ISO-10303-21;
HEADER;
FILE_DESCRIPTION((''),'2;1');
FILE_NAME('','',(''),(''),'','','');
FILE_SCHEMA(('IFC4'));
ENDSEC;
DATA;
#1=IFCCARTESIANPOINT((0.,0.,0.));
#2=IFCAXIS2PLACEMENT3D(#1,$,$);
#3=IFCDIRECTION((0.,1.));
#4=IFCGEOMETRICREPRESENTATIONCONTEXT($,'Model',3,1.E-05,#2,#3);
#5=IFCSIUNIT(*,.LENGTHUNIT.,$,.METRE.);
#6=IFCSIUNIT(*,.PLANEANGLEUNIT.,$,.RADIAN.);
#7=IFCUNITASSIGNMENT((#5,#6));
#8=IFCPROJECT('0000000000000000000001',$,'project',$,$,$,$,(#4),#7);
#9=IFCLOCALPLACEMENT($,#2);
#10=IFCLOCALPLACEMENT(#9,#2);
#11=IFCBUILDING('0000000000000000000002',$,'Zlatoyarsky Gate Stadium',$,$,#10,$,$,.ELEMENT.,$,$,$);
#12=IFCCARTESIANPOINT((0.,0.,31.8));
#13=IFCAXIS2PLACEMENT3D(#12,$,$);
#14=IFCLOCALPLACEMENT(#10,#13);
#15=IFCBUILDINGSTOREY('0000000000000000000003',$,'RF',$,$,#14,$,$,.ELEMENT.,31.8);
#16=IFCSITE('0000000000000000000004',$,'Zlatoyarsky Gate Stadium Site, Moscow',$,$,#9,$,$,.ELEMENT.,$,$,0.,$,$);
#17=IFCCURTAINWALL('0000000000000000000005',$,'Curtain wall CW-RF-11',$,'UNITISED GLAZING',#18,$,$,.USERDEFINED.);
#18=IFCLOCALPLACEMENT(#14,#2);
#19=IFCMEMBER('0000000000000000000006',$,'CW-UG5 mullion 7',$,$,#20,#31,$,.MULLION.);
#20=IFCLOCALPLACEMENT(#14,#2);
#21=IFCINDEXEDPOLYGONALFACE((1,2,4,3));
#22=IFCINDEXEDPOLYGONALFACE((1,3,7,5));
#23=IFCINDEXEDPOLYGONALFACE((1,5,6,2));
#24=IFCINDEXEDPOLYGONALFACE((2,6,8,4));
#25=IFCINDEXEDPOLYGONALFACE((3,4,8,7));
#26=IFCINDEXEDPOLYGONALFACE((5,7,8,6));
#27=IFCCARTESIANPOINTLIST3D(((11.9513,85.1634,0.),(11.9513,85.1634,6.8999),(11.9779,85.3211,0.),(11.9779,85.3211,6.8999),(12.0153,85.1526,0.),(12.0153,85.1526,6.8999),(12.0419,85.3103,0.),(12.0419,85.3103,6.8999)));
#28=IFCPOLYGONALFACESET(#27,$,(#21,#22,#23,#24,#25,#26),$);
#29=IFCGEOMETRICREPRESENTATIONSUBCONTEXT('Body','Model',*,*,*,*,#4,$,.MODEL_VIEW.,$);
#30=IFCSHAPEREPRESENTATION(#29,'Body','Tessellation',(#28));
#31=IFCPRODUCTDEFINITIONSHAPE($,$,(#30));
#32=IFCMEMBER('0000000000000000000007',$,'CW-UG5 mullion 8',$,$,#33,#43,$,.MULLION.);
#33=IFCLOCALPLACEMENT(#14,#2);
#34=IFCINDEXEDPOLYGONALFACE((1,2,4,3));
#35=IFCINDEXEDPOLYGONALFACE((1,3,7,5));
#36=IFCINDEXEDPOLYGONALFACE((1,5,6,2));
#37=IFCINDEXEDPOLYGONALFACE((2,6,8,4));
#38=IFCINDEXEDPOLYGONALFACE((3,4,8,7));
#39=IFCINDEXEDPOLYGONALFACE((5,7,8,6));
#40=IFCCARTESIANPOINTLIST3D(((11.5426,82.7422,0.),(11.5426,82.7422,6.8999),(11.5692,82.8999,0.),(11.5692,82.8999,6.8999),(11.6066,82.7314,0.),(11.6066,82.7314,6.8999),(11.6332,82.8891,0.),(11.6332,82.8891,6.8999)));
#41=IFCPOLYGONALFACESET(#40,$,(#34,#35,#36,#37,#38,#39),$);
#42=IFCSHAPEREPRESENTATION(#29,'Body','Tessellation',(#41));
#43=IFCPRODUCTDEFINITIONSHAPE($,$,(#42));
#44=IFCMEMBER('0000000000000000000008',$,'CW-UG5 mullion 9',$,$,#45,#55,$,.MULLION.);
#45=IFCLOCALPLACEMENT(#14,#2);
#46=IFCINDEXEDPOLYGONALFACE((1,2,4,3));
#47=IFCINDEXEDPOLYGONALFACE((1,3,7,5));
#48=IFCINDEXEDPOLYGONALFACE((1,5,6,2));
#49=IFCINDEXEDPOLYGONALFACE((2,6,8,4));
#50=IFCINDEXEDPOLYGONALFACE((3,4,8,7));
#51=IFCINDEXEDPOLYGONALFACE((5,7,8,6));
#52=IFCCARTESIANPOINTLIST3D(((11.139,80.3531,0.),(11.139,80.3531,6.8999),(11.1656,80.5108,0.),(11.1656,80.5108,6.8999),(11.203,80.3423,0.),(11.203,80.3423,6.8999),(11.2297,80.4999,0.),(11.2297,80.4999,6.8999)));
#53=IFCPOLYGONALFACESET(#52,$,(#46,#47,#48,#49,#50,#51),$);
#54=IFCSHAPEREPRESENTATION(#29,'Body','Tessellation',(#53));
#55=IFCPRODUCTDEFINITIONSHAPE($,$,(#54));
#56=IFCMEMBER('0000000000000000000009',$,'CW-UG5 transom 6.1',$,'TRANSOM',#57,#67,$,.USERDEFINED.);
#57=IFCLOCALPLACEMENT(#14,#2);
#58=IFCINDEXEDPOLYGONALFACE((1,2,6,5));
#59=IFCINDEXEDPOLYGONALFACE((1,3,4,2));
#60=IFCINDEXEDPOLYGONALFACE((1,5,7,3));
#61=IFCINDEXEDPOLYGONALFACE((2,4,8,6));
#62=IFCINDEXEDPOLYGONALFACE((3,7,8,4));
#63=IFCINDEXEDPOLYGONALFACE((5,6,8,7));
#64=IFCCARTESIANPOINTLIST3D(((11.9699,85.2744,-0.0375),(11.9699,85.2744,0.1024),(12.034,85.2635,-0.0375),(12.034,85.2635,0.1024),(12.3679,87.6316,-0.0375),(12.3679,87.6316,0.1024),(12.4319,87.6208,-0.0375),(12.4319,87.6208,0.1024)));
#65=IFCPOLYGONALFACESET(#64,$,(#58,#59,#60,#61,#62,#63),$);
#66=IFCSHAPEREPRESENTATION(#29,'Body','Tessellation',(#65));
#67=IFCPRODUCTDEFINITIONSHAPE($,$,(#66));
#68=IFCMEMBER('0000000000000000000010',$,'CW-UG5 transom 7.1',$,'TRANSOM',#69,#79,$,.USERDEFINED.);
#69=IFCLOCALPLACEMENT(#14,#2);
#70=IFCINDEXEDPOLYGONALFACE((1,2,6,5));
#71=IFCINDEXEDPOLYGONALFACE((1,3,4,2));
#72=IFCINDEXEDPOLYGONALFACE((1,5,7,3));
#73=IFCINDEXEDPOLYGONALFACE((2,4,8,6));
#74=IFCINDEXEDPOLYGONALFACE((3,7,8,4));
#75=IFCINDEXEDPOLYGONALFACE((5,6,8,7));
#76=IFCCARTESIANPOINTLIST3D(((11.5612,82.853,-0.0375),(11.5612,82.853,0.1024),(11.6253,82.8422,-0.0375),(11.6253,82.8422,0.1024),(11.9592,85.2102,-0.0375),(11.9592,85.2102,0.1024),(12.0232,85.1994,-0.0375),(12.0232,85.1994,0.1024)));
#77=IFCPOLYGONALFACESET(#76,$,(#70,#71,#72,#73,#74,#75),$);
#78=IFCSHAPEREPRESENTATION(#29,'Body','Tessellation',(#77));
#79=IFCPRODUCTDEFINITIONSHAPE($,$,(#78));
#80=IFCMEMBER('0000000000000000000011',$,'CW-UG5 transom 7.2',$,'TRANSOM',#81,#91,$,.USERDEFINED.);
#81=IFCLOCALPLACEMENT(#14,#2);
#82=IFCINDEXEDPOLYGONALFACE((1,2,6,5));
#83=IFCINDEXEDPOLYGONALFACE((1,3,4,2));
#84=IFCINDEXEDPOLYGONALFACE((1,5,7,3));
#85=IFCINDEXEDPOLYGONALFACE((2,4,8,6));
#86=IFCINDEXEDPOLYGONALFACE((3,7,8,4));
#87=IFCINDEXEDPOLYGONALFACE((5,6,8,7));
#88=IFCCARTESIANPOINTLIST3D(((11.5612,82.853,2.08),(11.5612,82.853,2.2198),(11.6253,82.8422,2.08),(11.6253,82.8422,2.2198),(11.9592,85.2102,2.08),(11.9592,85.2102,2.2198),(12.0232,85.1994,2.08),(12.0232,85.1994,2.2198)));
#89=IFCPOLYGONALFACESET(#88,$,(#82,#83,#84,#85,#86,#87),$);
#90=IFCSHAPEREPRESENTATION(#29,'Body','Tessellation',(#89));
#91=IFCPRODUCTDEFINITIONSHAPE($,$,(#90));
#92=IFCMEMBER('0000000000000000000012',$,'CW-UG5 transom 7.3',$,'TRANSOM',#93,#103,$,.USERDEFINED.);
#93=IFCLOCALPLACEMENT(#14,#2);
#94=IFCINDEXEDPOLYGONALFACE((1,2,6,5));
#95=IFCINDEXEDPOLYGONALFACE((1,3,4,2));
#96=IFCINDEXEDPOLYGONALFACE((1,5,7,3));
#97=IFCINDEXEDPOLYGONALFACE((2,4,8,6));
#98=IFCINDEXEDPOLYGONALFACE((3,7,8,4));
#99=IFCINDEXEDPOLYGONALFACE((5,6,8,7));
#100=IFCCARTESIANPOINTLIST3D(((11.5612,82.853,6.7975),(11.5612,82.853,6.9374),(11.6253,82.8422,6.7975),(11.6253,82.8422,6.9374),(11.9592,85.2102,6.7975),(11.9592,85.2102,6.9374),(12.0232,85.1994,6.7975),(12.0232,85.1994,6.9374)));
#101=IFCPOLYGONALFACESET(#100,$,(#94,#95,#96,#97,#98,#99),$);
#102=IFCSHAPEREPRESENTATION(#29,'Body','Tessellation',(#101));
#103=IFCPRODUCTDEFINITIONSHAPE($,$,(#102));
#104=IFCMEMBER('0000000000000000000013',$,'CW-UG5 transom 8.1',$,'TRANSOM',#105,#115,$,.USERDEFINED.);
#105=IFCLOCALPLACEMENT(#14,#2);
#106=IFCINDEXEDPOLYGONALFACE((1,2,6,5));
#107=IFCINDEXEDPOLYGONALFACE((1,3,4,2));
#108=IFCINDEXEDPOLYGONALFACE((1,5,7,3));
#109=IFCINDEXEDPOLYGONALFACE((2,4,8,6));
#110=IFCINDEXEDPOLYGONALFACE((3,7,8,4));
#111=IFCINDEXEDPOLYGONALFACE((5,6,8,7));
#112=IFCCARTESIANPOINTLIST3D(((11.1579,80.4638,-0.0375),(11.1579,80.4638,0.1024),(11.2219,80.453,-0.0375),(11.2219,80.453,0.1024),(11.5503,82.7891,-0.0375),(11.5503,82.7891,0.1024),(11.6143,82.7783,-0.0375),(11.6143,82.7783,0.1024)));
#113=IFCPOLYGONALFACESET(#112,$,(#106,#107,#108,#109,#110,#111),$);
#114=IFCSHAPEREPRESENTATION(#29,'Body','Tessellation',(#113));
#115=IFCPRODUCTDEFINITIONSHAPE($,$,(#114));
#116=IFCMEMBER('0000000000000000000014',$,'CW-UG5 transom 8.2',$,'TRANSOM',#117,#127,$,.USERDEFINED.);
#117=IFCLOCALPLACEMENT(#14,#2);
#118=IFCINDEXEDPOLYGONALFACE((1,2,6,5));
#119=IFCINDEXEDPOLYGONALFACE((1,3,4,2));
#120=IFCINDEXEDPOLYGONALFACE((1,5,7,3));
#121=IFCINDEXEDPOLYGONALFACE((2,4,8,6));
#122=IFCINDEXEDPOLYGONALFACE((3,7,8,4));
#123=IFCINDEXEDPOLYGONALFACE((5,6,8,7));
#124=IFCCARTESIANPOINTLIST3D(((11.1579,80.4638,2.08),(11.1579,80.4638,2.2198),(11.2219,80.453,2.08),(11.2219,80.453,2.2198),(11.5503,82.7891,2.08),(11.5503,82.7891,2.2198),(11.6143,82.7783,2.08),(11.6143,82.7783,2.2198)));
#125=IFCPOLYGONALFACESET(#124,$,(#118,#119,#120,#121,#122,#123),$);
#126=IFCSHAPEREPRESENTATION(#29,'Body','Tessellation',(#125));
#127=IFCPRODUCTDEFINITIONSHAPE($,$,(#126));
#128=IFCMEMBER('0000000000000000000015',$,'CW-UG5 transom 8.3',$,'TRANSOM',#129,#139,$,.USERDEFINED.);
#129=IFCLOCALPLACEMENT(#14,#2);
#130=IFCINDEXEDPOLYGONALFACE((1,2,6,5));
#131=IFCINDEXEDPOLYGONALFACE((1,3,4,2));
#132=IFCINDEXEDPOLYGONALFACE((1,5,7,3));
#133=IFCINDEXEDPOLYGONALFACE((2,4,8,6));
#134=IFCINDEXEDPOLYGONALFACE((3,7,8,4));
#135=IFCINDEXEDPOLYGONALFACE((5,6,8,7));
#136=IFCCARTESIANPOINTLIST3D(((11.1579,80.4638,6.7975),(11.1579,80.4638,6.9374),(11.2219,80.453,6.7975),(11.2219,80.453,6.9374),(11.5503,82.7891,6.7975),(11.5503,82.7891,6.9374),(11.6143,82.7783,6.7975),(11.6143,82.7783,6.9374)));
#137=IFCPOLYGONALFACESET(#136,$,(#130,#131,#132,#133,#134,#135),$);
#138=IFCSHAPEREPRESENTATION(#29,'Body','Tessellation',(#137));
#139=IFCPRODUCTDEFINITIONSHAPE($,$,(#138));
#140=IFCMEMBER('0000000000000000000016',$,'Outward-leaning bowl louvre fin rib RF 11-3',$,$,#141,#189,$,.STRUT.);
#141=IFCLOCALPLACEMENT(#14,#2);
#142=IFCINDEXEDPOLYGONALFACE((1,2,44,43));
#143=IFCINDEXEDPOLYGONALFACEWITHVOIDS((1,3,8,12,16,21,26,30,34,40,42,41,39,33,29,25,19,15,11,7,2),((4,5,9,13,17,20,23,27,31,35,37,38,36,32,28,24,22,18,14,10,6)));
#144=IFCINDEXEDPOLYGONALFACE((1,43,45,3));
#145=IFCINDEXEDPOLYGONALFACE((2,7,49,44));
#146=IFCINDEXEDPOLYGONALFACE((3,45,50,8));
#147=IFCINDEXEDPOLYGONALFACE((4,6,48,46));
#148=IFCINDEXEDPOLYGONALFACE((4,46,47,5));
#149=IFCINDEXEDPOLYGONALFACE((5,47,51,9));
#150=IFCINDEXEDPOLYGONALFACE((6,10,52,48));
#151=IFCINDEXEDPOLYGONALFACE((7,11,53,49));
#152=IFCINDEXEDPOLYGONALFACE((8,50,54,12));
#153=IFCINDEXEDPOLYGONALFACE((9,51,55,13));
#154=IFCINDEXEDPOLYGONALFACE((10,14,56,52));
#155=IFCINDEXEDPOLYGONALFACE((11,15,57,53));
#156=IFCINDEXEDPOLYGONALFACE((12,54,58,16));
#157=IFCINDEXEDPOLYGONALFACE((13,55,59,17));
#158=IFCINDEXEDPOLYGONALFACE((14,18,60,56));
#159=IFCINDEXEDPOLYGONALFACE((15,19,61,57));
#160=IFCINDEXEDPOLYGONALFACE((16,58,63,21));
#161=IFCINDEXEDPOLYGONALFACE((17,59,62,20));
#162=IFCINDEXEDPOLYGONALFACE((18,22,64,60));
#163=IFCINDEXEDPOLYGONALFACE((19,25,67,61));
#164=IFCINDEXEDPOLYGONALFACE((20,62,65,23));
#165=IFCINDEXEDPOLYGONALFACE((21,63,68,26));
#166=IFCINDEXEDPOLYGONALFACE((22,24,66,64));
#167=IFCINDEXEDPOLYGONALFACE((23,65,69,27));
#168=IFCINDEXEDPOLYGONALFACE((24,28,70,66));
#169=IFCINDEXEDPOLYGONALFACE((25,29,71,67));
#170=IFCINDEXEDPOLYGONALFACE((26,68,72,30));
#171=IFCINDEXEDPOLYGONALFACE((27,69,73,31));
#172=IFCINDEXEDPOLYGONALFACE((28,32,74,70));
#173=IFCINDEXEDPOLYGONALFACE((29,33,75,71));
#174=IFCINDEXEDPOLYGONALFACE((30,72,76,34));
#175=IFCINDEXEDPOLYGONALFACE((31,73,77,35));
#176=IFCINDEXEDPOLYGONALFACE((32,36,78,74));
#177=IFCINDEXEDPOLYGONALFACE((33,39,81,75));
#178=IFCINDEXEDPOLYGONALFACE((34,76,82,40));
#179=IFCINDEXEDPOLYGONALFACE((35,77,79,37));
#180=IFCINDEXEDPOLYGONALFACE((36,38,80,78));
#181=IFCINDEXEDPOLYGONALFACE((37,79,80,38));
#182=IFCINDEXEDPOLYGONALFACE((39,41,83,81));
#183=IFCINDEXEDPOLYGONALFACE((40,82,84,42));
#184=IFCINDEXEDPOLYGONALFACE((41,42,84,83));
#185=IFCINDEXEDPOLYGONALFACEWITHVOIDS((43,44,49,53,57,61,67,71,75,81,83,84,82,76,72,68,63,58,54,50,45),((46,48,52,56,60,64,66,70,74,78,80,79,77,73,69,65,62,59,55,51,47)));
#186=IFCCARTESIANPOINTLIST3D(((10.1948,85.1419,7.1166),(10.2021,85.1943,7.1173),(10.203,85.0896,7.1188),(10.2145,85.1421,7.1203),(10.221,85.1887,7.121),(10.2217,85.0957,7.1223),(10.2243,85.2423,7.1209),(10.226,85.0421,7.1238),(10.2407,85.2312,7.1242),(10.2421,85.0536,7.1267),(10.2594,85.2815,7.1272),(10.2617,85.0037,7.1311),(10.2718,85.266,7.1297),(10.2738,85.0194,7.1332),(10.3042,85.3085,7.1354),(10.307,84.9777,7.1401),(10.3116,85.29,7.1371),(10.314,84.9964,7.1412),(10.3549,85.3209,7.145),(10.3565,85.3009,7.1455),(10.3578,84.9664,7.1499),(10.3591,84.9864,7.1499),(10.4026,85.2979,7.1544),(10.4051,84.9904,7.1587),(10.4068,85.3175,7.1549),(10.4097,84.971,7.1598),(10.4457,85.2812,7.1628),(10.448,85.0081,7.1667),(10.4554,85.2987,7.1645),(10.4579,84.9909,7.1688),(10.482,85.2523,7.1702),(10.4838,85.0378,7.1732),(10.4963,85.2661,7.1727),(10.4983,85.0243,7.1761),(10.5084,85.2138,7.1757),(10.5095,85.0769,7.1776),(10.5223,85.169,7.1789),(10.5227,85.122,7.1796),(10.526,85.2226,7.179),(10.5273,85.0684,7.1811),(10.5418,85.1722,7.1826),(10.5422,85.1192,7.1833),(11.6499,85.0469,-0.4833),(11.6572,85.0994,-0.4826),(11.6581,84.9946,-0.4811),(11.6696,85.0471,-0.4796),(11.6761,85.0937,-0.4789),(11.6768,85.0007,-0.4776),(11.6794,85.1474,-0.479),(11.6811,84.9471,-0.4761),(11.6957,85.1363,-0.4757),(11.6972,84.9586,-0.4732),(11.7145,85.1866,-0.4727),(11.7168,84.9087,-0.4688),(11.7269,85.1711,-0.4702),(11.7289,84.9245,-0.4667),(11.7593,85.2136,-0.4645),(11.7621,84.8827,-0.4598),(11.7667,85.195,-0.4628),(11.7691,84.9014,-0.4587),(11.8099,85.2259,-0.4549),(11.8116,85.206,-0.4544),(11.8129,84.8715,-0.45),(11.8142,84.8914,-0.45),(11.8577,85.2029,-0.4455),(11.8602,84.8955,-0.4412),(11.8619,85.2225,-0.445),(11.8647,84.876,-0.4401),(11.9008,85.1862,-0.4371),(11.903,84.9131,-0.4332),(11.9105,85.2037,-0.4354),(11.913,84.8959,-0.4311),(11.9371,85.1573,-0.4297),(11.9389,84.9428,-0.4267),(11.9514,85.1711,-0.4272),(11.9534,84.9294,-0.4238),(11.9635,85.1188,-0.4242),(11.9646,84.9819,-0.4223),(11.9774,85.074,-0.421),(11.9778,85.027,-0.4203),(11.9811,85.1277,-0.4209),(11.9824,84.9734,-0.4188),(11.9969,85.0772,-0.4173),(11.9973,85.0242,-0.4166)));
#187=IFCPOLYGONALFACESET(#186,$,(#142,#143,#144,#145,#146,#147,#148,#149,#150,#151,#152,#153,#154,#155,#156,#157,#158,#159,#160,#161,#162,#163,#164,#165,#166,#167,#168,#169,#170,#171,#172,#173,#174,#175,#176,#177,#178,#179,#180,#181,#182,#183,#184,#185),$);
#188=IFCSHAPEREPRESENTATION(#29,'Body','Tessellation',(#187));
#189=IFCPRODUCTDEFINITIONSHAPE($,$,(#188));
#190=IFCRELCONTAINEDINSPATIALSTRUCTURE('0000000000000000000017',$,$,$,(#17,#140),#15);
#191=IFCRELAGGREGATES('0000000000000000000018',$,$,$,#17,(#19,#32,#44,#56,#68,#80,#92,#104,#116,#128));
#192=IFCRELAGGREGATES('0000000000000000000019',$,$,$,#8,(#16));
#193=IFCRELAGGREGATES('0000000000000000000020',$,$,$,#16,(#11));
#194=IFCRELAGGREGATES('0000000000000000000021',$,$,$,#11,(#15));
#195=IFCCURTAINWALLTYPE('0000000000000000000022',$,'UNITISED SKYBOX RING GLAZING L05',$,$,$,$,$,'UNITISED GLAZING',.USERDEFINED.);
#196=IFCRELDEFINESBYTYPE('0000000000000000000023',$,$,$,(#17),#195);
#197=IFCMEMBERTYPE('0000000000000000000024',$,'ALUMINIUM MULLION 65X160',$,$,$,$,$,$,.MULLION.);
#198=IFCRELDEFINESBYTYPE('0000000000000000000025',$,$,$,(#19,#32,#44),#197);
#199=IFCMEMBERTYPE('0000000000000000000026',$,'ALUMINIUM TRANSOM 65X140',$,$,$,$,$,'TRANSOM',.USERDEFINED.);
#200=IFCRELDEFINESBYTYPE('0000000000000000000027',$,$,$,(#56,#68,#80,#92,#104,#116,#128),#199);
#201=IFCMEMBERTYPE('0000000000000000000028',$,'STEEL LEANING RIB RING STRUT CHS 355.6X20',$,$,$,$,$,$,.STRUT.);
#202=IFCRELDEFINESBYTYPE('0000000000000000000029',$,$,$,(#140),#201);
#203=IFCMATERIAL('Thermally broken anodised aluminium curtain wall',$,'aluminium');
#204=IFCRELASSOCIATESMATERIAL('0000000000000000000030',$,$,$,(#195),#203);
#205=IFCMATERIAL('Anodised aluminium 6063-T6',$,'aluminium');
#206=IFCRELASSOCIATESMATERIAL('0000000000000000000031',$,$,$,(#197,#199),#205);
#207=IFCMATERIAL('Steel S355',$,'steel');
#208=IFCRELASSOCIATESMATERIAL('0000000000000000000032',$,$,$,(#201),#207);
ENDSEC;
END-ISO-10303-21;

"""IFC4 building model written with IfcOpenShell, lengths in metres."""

from ifc_helpers import new_model, si_unit, direction, frame, origin, origin_2d, place, context, subcontext, project, spatial, rectangle, hollow_circle, extrude, material, material_profile, profile_set, type_object, element, aggregate, save


model = new_model("IFC4")

# Units and contexts
model_context = context("Model", 3, precision=1e-05, world=origin(), true_north=direction((0.0, 1.0)))
body_context = subcontext(model_context, "Body", "Model", "MODEL_VIEW")
ifc_project = project(units=[si_unit("LENGTHUNIT", "METRE"), si_unit("PLANEANGLEUNIT", "RADIAN")], contexts=[model_context])

# Site, building, storey
site_placement = place(None, origin())
site = spatial("IfcSite", under=ifc_project, at=site_placement, Name="Zlatoyarsky Gate Stadium Site, Moscow", CompositionType="ELEMENT", RefElevation=0.0)
building_placement = place(site_placement, origin())
building = spatial("IfcBuilding", under=site, at=building_placement, Name="Zlatoyarsky Gate Stadium", CompositionType="ELEMENT")
storey_placement = place(building_placement, frame((0.0, 0.0, 31.8)))
storey = spatial("IfcBuildingStorey", under=building, at=storey_placement, Name="RF", CompositionType="ELEMENT", Elevation=31.8)

# Curtain wall, members
ifc_material_1 = material(Name="Thermally broken anodised aluminium curtain wall", Category="aluminium")
curtain_wall_type = type_object("IfcCurtainWallType", Name="UNITISED SKYBOX RING GLAZING L05", ElementType="UNITISED GLAZING", PredefinedType="USERDEFINED", material=ifc_material_1)
curtain_wall_placement = place(storey_placement, origin())
curtain_wall = element("IfcCurtainWall", 1, at=curtain_wall_placement, inside=storey, type_object=curtain_wall_type, Name="Curtain wall CW-RF-11", ObjectType="UNITISED GLAZING", PredefinedType="USERDEFINED")
ifc_material_2 = material(Name="Anodised aluminium 6063-T6", Category="aluminium")
ifc_material_profile_1 = material_profile(ifc_material_2, rectangle(XDim=0.0649, YDim=0.1599, at=origin_2d()), Name="ALU 65X160")
ifc_profile_set_1 = profile_set([ifc_material_profile_1], Name="Anodised aluminium 6063-T6")
member_type_1 = type_object("IfcMemberType", Name="ALUMINIUM MULLION 65X160", PredefinedType="MULLION", material=ifc_profile_set_1)
member_1_placement = place(storey_placement, frame((11.9966, 85.2368, 0.0), z_axis=(0.0, 0.0, 1.0), x_axis=(0.986044, -0.166482, 0.0)))
member_1 = element("IfcMember", 2, at=member_1_placement, type_object=member_type_1, Name="CW-UG5 mullion 7", PredefinedType="MULLION", context=body_context, shape_type="SweptSolid", body=[
    extrude(rectangle(XDim=0.0649, YDim=0.1599, at=origin_2d()), origin(), (0.0, 0.0, 1.0), 6.8999),
])
member_2_placement = place(storey_placement, frame((11.5879, 82.8157, 0.0), z_axis=(0.0, 0.0, 1.0), x_axis=(0.986044, -0.166482, 0.0)))
member_2 = element("IfcMember", 3, at=member_2_placement, type_object=member_type_1, Name="CW-UG5 mullion 8", PredefinedType="MULLION", context=body_context, shape_type="SweptSolid", body=[
    extrude(rectangle(XDim=0.0649, YDim=0.1599, at=origin_2d()), origin(), (0.0, 0.0, 1.0), 6.8999),
])
member_3_placement = place(storey_placement, frame((11.1843, 80.4265, 0.0), z_axis=(0.0, 0.0, 1.0), x_axis=(0.986044, -0.166482, 0.0)))
member_3 = element("IfcMember", 4, at=member_3_placement, type_object=member_type_1, Name="CW-UG5 mullion 9", PredefinedType="MULLION", context=body_context, shape_type="SweptSolid", body=[
    extrude(rectangle(XDim=0.0649, YDim=0.1599, at=origin_2d()), origin(), (0.0, 0.0, 1.0), 6.8999),
])
ifc_material_profile_2 = material_profile(ifc_material_2, rectangle(XDim=0.0649, YDim=0.1399, at=origin_2d()), Name="ALU 65X140")
ifc_profile_set_2 = profile_set([ifc_material_profile_2], Name="Anodised aluminium 6063-T6")
member_type_2 = type_object("IfcMemberType", Name="ALUMINIUM TRANSOM 65X140", ElementType="TRANSOM", PredefinedType="USERDEFINED", material=ifc_profile_set_2)
member_4_placement = place(storey_placement, frame((12.3999, 87.6262, 0.0325), z_axis=(-0.166469, -0.986047, 0.0), x_axis=(0.986047, -0.166469, 0.0)))
member_4 = element("IfcMember", 5, at=member_4_placement, type_object=member_type_2, Name="CW-UG5 transom 6.1", ObjectType="TRANSOM", PredefinedType="USERDEFINED", context=body_context, shape_type="SweptSolid", body=[
    extrude(rectangle(XDim=0.0649, YDim=0.1399, at=origin_2d()), origin(), (0.0, 0.0, 1.0), 2.3906),
])
member_5_placement = place(storey_placement, frame((11.9912, 85.2048, 0.0325), z_axis=(-0.166469, -0.986047, 0.0), x_axis=(0.986047, -0.166469, 0.0)))
member_5 = element("IfcMember", 6, at=member_5_placement, type_object=member_type_2, Name="CW-UG5 transom 7.1", ObjectType="TRANSOM", PredefinedType="USERDEFINED", context=body_context, shape_type="SweptSolid", body=[
    extrude(rectangle(XDim=0.0649, YDim=0.1399, at=origin_2d()), origin(), (0.0, 0.0, 1.0), 2.3906),
])
member_6_placement = place(storey_placement, frame((11.9912, 85.2048, 2.1499), z_axis=(-0.166469, -0.986047, 0.0), x_axis=(0.986047, -0.166469, 0.0)))
member_6 = element("IfcMember", 7, at=member_6_placement, type_object=member_type_2, Name="CW-UG5 transom 7.2", ObjectType="TRANSOM", PredefinedType="USERDEFINED", context=body_context, shape_type="SweptSolid", body=[
    extrude(rectangle(XDim=0.0649, YDim=0.1399, at=origin_2d()), origin(), (0.0, 0.0, 1.0), 2.3906),
])
member_7_placement = place(storey_placement, frame((11.9912, 85.2048, 6.8674), z_axis=(-0.166469, -0.986047, 0.0), x_axis=(0.986047, -0.166469, 0.0)))
member_7 = element("IfcMember", 8, at=member_7_placement, type_object=member_type_2, Name="CW-UG5 transom 7.3", ObjectType="TRANSOM", PredefinedType="USERDEFINED", context=body_context, shape_type="SweptSolid", body=[
    extrude(rectangle(XDim=0.0649, YDim=0.1399, at=origin_2d()), origin(), (0.0, 0.0, 1.0), 2.3906),
])
member_8_placement = place(storey_placement, frame((11.5823, 82.7837, 0.0325), z_axis=(-0.16638, -0.986062, 0.0), x_axis=(0.986062, -0.16638, 0.0)))
member_8 = element("IfcMember", 9, at=member_8_placement, type_object=member_type_2, Name="CW-UG5 transom 8.1", ObjectType="TRANSOM", PredefinedType="USERDEFINED", context=body_context, shape_type="SweptSolid", body=[
    extrude(rectangle(XDim=0.0649, YDim=0.1399, at=origin_2d()), origin(), (0.0, 0.0, 1.0), 2.3582),
])
member_9_placement = place(storey_placement, frame((11.5823, 82.7837, 2.1499), z_axis=(-0.16638, -0.986062, 0.0), x_axis=(0.986062, -0.16638, 0.0)))
member_9 = element("IfcMember", 10, at=member_9_placement, type_object=member_type_2, Name="CW-UG5 transom 8.2", ObjectType="TRANSOM", PredefinedType="USERDEFINED", context=body_context, shape_type="SweptSolid", body=[
    extrude(rectangle(XDim=0.0649, YDim=0.1399, at=origin_2d()), origin(), (0.0, 0.0, 1.0), 2.3582),
])
member_10_placement = place(storey_placement, frame((11.5823, 82.7837, 6.8674), z_axis=(-0.16638, -0.986062, 0.0), x_axis=(0.986062, -0.16638, 0.0)))
member_10 = element("IfcMember", 11, at=member_10_placement, type_object=member_type_2, Name="CW-UG5 transom 8.3", ObjectType="TRANSOM", PredefinedType="USERDEFINED", context=body_context, shape_type="SweptSolid", body=[
    extrude(rectangle(XDim=0.0649, YDim=0.1399, at=origin_2d()), origin(), (0.0, 0.0, 1.0), 2.3582),
])

# Member
ifc_material_3 = material(Name="Steel S355", Category="steel")
ifc_material_profile_3 = material_profile(ifc_material_3, hollow_circle(Radius=0.1777, WallThickness=0.02, at=origin_2d()), Name="CHS 355.6X20")
ifc_profile_set_3 = profile_set([ifc_material_profile_3], Name="Steel S355")
member_type_3 = type_object("IfcMemberType", Name="STEEL LEANING RIB RING STRUT CHS 355.6X20", PredefinedType="STRUT", material=ifc_profile_set_3)
member_11_placement = place(storey_placement, frame((11.8245, 85.0488, -0.45), z_axis=(-0.188032, 0.012273, 0.982086), x_axis=(-0.06513, -0.997877, 0.0)))
element("IfcMember", 12, at=member_11_placement, inside=storey, type_object=member_type_3, Name="Outward-leaning bowl louvre fin rib RF 11-3", PredefinedType="STRUT", context=body_context, shape_type="SweptSolid", body=[
    extrude(hollow_circle(Radius=0.1777, WallThickness=0.02, at=origin_2d()), origin(), (0.0, 0.0, 1.0), 7.7385),
])

aggregate(curtain_wall, [member_1, member_2, member_3, member_4, member_5, member_6, member_7, member_8, member_9, member_10])

save(model, "model.ifc")
